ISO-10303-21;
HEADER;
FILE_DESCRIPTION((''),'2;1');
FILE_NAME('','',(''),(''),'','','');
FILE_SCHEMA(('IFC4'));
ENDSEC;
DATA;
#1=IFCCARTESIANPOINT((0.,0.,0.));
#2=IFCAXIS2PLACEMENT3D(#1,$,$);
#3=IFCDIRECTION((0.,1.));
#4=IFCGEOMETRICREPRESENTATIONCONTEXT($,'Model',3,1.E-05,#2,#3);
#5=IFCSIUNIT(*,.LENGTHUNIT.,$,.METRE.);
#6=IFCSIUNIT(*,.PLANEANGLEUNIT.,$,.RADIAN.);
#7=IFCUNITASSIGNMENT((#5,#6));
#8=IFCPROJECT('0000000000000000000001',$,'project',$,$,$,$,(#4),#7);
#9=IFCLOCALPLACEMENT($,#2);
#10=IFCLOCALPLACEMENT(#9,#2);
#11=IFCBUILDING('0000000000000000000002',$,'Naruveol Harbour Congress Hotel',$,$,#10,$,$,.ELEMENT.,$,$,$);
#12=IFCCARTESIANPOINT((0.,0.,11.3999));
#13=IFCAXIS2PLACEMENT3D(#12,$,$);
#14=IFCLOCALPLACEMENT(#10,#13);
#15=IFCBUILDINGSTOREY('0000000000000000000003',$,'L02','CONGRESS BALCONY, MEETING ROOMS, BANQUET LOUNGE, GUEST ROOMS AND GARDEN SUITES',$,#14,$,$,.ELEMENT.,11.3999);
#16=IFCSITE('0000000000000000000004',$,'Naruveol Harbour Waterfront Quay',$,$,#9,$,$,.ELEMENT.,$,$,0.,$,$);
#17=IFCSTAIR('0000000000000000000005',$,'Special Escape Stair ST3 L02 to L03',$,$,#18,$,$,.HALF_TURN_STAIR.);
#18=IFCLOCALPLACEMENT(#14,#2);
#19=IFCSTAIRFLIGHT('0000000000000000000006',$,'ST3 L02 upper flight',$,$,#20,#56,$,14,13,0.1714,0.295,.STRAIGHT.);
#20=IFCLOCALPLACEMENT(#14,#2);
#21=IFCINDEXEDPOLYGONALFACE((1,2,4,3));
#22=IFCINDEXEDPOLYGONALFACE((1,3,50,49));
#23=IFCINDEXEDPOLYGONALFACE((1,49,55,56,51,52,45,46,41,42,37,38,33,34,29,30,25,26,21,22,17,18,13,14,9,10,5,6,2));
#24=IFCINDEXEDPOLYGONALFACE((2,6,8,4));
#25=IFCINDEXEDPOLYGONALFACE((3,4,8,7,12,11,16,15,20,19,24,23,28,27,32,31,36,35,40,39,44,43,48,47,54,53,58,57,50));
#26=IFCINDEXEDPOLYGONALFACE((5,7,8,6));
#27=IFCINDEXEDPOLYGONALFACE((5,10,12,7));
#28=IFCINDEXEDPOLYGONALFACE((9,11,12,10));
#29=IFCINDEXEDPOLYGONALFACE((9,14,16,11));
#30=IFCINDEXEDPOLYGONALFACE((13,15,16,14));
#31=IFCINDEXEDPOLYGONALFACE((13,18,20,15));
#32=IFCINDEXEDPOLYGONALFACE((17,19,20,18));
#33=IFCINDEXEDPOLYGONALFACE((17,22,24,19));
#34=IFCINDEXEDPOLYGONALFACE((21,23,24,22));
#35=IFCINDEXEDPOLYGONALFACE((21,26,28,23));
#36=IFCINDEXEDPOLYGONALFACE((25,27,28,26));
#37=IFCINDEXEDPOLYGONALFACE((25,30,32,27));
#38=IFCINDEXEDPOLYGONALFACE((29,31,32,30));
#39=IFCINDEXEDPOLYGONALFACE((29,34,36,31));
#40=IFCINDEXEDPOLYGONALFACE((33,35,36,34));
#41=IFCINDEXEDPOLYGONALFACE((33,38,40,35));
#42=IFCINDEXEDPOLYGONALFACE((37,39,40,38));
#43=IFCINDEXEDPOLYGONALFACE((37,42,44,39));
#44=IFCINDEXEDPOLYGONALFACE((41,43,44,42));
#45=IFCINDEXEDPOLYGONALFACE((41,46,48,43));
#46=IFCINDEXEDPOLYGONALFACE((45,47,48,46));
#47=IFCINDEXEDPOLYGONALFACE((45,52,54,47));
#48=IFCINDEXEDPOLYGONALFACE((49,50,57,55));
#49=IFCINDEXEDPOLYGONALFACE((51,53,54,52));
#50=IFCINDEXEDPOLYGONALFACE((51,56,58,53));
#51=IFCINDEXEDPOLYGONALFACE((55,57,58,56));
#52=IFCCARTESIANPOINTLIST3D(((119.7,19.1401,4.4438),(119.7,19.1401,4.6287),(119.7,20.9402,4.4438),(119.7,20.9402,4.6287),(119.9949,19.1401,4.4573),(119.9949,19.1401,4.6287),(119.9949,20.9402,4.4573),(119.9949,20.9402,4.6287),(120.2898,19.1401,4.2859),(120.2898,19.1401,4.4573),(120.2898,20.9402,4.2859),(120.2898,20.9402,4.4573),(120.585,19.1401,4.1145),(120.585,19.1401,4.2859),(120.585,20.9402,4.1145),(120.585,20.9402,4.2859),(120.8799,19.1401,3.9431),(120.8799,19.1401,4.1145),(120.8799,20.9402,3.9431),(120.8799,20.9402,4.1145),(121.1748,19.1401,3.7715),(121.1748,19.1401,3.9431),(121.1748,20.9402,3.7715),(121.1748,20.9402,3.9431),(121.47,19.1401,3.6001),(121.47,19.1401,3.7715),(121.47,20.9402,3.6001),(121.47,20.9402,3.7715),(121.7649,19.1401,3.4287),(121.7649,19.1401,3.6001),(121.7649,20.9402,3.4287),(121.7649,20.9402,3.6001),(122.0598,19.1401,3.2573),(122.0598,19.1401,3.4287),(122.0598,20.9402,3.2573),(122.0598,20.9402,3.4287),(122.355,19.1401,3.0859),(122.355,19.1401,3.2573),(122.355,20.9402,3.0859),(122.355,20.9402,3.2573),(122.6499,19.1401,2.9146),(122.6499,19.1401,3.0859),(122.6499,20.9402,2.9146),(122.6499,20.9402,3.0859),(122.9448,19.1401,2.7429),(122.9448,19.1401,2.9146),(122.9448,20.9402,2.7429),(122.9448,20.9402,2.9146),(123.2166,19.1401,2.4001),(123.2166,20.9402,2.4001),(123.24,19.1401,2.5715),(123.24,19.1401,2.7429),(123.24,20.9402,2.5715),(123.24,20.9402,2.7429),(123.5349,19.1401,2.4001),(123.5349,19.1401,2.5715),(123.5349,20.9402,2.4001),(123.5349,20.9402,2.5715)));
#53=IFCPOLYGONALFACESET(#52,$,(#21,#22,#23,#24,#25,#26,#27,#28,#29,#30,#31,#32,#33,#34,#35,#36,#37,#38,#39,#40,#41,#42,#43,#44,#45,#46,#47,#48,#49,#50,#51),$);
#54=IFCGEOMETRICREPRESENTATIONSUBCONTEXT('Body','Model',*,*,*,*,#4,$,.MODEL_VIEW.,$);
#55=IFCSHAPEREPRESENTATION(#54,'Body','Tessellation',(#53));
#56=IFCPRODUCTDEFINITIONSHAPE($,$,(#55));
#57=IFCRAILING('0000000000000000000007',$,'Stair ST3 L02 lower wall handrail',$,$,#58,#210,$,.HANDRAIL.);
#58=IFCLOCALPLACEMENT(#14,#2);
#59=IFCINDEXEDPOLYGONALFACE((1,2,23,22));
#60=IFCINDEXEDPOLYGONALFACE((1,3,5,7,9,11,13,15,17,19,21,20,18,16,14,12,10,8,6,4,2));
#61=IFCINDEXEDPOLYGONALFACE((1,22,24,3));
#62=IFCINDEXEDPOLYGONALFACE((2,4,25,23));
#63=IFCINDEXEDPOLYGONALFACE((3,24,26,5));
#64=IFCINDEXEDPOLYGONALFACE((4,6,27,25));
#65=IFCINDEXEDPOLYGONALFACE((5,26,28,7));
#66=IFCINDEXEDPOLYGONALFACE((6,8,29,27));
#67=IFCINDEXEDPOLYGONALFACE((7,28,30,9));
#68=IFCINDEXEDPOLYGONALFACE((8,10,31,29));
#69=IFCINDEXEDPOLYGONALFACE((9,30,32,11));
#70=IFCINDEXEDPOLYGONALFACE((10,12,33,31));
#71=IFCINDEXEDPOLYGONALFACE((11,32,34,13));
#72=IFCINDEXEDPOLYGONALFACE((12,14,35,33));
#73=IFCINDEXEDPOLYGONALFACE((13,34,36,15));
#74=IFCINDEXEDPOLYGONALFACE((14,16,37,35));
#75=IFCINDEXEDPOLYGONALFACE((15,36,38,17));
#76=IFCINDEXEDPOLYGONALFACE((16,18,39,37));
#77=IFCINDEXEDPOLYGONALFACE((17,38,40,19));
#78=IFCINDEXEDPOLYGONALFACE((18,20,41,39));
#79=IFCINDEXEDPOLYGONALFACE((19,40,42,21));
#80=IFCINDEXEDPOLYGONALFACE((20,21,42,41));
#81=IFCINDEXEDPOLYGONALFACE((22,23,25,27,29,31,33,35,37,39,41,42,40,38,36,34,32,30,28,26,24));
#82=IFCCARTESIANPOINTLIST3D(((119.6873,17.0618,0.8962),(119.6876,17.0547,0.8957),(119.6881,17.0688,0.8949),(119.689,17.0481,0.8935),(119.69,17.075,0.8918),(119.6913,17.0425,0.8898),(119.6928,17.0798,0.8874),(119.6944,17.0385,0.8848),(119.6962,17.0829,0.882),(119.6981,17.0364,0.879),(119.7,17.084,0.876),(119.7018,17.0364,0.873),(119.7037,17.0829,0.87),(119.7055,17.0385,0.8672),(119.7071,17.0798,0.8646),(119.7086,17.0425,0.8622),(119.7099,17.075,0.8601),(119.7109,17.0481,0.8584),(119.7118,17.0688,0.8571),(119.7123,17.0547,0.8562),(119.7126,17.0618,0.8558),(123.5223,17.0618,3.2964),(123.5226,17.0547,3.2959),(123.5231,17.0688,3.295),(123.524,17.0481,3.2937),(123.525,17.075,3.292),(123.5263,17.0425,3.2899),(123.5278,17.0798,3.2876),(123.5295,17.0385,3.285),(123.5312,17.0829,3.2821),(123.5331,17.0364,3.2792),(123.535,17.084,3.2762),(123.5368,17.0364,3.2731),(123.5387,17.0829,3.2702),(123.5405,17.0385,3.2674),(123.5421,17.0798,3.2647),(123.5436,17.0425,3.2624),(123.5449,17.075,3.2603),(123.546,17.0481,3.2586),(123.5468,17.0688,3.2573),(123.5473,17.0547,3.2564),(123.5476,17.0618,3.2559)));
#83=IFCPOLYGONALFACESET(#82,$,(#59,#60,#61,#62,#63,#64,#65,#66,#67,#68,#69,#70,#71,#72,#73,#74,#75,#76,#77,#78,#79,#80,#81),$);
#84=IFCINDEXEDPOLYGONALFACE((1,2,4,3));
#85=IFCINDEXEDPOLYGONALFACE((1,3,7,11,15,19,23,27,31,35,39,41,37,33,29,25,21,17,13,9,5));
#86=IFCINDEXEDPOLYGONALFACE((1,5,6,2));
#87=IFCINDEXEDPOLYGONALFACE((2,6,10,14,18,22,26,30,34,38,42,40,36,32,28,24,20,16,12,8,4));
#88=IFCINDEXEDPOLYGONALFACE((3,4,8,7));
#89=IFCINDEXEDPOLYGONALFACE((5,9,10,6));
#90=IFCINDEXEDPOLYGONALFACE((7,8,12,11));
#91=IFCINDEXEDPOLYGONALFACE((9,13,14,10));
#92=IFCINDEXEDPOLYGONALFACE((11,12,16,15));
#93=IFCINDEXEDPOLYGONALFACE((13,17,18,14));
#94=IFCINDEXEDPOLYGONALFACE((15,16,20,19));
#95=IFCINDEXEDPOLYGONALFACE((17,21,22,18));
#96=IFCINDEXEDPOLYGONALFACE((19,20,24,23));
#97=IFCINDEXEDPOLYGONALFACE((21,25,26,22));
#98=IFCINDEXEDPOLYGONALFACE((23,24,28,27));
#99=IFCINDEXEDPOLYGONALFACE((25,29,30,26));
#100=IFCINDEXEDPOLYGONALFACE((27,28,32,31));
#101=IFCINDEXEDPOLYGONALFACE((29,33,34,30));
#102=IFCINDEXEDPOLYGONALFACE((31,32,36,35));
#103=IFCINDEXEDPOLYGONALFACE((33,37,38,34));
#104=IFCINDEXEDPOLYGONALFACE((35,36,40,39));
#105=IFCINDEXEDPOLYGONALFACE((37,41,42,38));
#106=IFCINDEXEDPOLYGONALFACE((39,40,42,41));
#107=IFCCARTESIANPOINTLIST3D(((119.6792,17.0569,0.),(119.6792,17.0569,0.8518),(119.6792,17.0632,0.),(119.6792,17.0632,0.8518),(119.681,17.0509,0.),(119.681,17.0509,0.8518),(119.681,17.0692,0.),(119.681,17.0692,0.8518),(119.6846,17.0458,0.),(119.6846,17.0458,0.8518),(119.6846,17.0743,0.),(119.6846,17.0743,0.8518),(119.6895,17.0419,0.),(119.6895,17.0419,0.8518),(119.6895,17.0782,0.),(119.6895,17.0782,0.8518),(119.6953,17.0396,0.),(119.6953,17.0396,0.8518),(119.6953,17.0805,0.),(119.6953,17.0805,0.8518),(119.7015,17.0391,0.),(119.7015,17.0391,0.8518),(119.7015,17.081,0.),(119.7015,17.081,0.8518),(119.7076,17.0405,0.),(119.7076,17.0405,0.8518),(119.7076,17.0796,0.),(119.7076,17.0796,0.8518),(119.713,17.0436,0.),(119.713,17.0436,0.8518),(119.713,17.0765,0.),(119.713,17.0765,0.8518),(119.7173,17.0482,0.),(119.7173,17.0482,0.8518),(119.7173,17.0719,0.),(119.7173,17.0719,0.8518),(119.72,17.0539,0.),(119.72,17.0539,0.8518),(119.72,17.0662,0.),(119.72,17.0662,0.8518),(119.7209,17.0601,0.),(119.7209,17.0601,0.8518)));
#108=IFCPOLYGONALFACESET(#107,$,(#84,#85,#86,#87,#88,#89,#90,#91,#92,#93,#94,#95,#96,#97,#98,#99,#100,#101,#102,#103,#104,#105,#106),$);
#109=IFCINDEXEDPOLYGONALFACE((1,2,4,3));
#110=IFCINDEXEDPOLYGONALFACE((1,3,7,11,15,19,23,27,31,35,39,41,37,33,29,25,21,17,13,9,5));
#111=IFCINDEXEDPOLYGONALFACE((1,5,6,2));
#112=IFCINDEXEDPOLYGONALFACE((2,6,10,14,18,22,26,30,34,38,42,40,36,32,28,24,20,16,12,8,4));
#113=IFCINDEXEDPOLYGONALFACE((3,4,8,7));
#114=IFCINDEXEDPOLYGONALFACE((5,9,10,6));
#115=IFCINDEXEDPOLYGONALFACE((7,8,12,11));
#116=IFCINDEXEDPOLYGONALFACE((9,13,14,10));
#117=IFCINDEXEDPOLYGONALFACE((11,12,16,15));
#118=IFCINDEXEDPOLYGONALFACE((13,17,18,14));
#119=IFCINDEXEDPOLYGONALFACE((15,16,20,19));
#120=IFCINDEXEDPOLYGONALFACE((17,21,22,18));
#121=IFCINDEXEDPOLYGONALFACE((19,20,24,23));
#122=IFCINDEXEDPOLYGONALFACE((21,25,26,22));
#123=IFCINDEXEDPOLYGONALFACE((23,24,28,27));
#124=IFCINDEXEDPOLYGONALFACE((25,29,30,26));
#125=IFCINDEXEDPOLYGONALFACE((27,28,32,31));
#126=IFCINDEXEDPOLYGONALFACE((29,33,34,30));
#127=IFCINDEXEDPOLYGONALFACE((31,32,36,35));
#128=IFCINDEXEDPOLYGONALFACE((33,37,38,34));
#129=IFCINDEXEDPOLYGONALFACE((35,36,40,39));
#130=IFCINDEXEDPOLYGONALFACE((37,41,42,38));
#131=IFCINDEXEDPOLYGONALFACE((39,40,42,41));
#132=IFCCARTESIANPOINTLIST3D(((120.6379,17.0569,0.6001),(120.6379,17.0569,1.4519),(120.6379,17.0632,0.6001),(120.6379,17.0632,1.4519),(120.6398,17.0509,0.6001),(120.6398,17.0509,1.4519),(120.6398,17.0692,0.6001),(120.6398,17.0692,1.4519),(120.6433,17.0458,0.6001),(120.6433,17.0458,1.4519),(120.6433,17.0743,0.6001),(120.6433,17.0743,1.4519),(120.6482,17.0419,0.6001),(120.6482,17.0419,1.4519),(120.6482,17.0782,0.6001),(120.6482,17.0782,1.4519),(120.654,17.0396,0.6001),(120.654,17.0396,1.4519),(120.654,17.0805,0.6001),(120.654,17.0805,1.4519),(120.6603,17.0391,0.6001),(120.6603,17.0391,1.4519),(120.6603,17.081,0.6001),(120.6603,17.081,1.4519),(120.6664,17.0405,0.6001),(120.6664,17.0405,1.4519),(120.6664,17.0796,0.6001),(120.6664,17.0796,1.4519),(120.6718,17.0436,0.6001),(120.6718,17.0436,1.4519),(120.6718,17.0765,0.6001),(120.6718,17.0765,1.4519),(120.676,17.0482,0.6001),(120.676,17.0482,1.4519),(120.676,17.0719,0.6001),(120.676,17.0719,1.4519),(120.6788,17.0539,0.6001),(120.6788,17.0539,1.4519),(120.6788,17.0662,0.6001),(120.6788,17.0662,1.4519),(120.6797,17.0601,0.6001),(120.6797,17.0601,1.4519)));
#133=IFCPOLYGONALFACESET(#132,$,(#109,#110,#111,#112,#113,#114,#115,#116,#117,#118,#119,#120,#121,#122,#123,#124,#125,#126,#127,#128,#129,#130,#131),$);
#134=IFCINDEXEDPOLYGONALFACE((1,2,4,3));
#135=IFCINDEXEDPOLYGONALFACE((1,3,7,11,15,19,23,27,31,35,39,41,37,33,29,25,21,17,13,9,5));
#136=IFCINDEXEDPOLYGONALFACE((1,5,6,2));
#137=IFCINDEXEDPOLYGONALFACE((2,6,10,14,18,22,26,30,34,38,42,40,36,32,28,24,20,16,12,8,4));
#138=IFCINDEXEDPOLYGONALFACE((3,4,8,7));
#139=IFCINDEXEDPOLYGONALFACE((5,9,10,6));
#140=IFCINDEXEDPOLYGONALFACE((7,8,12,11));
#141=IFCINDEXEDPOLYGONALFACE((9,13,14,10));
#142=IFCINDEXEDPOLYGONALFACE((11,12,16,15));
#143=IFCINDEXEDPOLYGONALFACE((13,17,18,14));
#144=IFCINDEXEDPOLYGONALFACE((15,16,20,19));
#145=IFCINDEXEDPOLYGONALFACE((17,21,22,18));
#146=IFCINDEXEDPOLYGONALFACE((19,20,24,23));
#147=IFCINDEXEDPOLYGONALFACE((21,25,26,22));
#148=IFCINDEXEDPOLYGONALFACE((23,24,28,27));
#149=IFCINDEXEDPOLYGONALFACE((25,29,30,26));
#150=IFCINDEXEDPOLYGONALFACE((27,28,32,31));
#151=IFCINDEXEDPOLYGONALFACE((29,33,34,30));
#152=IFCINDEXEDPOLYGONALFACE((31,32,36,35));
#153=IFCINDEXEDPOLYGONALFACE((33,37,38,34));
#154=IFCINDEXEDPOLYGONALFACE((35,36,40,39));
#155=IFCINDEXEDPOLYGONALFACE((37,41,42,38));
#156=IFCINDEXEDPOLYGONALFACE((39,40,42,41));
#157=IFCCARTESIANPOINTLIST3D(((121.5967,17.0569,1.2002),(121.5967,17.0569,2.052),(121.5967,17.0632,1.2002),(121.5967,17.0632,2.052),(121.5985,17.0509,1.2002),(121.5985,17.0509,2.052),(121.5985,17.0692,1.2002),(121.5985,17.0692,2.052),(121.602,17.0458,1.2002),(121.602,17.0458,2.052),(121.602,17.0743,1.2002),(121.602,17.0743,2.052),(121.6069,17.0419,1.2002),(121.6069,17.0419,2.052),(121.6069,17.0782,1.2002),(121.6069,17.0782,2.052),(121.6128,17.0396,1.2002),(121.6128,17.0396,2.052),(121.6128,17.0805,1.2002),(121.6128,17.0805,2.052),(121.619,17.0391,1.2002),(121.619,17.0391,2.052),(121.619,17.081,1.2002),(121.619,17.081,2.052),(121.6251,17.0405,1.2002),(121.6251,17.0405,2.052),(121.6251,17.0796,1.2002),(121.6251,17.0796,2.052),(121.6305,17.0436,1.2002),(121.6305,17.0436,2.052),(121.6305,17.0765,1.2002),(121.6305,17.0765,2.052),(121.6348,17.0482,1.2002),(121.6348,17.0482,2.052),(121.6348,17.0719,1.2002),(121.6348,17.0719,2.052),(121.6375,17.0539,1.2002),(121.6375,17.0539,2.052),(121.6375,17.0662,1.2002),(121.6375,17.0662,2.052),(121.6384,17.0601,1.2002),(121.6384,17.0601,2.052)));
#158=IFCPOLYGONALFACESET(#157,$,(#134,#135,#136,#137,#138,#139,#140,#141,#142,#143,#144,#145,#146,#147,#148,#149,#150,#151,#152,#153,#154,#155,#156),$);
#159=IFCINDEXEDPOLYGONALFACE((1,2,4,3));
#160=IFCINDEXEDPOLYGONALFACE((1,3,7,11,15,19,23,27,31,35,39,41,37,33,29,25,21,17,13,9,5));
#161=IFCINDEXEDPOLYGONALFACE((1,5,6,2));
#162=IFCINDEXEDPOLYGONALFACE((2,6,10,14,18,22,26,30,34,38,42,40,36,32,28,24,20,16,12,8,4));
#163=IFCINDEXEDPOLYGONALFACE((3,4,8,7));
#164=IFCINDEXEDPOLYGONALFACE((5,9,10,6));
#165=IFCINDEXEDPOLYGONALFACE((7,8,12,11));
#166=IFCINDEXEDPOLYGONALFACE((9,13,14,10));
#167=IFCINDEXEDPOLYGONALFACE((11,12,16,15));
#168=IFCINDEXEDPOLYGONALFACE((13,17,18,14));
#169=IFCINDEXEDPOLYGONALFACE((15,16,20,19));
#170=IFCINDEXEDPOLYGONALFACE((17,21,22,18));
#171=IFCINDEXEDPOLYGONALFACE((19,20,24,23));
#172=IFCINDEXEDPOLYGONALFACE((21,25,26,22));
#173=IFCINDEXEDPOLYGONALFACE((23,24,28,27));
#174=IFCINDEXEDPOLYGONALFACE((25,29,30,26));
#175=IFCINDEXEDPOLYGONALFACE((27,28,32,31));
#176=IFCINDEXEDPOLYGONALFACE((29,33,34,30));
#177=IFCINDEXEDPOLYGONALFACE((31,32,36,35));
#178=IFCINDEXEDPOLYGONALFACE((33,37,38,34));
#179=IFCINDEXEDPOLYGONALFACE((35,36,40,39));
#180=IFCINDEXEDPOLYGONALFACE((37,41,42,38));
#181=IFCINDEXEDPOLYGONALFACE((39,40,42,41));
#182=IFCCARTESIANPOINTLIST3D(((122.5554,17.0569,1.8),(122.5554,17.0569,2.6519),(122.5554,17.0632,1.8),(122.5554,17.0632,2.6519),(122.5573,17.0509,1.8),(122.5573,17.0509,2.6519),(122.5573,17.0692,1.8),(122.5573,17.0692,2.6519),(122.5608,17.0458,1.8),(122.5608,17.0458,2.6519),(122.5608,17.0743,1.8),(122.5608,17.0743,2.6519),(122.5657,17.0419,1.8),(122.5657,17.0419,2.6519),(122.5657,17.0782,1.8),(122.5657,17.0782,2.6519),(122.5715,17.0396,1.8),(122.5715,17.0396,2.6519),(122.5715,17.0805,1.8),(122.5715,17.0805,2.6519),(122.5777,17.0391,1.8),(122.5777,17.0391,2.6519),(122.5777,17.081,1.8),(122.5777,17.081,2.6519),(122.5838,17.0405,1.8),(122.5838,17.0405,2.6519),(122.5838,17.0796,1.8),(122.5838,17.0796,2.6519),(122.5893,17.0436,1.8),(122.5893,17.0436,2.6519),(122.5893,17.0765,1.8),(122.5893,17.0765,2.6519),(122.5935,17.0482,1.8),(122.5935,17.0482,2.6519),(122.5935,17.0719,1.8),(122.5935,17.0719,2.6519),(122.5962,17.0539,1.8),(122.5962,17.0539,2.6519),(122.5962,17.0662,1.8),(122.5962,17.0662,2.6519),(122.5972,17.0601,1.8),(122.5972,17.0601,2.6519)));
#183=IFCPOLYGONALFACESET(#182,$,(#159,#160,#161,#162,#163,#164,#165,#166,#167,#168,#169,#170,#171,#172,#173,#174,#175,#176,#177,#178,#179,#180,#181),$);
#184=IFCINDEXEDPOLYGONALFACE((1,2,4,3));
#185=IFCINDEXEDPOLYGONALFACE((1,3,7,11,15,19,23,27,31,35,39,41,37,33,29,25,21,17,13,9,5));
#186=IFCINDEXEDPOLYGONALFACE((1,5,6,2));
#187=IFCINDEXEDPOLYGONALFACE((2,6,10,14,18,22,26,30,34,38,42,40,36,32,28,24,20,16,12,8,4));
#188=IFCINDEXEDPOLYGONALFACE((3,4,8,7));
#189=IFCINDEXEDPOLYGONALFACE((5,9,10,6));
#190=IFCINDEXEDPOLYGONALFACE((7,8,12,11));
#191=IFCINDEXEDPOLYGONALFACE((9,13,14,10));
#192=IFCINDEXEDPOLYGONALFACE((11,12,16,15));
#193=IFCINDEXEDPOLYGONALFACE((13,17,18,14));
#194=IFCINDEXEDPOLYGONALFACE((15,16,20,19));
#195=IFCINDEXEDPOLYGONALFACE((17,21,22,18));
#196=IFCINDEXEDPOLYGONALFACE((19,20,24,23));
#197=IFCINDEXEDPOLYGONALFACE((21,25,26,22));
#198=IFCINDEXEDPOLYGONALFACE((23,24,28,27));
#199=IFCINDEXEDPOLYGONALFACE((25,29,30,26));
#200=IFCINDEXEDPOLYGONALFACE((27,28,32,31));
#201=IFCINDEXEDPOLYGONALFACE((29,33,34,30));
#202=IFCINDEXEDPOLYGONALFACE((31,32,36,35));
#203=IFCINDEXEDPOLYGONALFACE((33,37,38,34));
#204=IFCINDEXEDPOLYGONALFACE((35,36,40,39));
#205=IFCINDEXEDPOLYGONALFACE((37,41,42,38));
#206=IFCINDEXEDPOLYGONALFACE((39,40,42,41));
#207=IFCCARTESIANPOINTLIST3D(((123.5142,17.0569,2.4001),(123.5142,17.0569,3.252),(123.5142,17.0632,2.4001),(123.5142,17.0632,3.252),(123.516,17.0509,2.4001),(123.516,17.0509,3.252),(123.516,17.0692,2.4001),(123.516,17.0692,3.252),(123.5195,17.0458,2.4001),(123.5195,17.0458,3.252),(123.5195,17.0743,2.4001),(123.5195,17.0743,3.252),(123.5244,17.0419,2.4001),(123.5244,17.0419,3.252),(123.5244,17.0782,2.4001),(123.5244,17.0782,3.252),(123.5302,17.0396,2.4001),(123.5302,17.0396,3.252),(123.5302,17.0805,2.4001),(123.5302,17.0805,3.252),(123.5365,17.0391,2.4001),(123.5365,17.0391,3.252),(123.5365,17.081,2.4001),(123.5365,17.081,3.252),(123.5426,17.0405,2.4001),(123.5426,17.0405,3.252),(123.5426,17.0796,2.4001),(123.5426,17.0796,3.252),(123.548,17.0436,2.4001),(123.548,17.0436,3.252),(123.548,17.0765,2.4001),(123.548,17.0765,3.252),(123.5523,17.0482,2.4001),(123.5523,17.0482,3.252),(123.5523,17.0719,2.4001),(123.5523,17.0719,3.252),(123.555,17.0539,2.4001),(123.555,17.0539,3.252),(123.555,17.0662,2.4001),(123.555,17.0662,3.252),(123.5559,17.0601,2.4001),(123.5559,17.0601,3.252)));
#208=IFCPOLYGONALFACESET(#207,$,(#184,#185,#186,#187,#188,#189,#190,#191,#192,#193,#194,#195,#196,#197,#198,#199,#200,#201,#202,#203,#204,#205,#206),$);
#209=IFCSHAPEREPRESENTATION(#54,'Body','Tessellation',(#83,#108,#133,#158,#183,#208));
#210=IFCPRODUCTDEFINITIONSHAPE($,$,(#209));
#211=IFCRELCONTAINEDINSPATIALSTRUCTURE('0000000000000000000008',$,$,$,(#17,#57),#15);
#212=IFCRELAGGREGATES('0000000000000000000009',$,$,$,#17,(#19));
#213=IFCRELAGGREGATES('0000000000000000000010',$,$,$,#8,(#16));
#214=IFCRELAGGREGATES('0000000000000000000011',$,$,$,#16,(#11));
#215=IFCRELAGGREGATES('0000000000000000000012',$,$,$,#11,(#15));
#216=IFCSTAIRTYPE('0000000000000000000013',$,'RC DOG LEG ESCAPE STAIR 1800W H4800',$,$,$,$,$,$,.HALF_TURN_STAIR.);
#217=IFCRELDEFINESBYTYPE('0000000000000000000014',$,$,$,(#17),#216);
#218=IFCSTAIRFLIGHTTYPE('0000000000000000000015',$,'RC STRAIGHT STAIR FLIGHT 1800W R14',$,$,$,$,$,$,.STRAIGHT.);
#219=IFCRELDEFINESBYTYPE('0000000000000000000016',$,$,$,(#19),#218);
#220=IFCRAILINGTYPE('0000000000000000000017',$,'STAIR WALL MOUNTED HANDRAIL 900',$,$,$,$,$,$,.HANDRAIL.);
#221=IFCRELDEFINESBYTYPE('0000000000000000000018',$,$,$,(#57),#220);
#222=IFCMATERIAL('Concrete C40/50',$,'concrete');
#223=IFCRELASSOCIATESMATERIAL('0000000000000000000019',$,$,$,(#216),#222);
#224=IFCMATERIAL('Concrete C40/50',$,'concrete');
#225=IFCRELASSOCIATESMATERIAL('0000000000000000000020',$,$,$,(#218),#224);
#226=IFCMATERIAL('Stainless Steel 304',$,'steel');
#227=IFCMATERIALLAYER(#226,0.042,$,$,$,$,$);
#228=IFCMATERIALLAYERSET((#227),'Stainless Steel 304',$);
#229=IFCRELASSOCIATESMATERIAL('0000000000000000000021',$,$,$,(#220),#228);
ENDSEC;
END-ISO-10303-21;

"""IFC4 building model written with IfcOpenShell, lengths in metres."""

from ifc_helpers import new_model, si_unit, direction, frame, origin, origin_2d, place, context, subcontext, project, spatial, polyline, circle, outline, extrude, material, layer, layer_set, type_object, element, aggregate, save


model = new_model("IFC4")

# Units and contexts
model_context = context("Model", 3, precision=1e-05, world=origin(), true_north=direction((0.0, 1.0)))
body_context = subcontext(model_context, "Body", "Model", "MODEL_VIEW")
ifc_project = project(units=[si_unit("LENGTHUNIT", "METRE"), si_unit("PLANEANGLEUNIT", "RADIAN")], contexts=[model_context])

# Site, building, storey
site_placement = place(None, origin())
site = spatial("IfcSite", under=ifc_project, at=site_placement, Name="Naruveol Harbour Waterfront Quay", CompositionType="ELEMENT", RefElevation=0.0)
building_placement = place(site_placement, origin())
building = spatial("IfcBuilding", under=site, at=building_placement, Name="Naruveol Harbour Congress Hotel", CompositionType="ELEMENT")
storey_placement = place(building_placement, frame((0.0, 0.0, 11.3999)))
storey = spatial("IfcBuildingStorey", under=building, at=storey_placement, Name="L02", Description="CONGRESS BALCONY, MEETING ROOMS, BANQUET LOUNGE, GUEST ROOMS AND GARDEN SUITES", CompositionType="ELEMENT", Elevation=11.3999)

# Stair, stair flight
ifc_material_1 = material(Name="Concrete C40/50", Category="concrete")
stair_type = type_object("IfcStairType", Name="RC DOG LEG ESCAPE STAIR 1800W H4800", PredefinedType="HALF_TURN_STAIR", material=ifc_material_1)
stair_placement = place(storey_placement, origin())
stair = element("IfcStair", 1, at=stair_placement, inside=storey, type_object=stair_type, Name="Special Escape Stair ST3 L02 to L03", PredefinedType="HALF_TURN_STAIR")
ifc_material_2 = material(Name="Concrete C40/50", Category="concrete")
stair_flight_type = type_object("IfcStairFlightType", Name="RC STRAIGHT STAIR FLIGHT 1800W R14", PredefinedType="STRAIGHT", material=ifc_material_2)
stair_flight_1_placement = place(storey_placement, frame((123.5349, 20.04, 2.4001), z_axis=(0.0, 0.0, 1.0), x_axis=(-1.0, 0.0, 0.0)))
stair_flight_1 = element("IfcStairFlight", 2, at=stair_flight_1_placement, type_object=stair_flight_type, Name="ST3 L02 upper flight", NumberOfRisers=14, NumberOfTreads=13, PredefinedType="STRAIGHT", RiserHeight=0.1714, TreadLength=0.295, context=body_context, shape_type="SweptSolid", body=[
    extrude(outline(polyline([(0.0, 0.0), (0.0, 0.1714), (0.2949, 0.1714), (0.2949, 0.3428), (0.5901, 0.3428), (0.5901, 0.5144), (0.885, 0.5144), (0.885, 0.6858), (1.1799, 0.6858), (1.1799, 0.8572), (1.4751, 0.8572), (1.4751, 1.0286), (1.77, 1.0286), (1.77, 1.2), (2.0649, 1.2), (2.0649, 1.3713), (2.3601, 1.3713), (2.3601, 1.543), (2.655, 1.543), (2.655, 1.7144), (2.95, 1.7144), (2.95, 1.8857), (3.2451, 1.8857), (3.2451, 2.0571), (3.54, 2.0571), (3.54, 2.2285), (3.835, 2.2285), (3.835, 2.3999), (3.835, 2.0437), (0.3184, 0.0), (0.0, 0.0)])), frame((0.0, 0.8999, 0.0), z_axis=(0.0, -1.0, 0.0), x_axis=(1.0, 0.0, 0.0)), (0.0, 0.0, 1.0), 1.8),
])
aggregate(stair, [stair_flight_1])

# Railing
ifc_material_3 = material(Name="Stainless Steel 304", Category="steel")
ifc_layer_1 = layer(ifc_material_3, 0.042)
ifc_layer_set_1 = layer_set([ifc_layer_1], Name="Stainless Steel 304")
railing_type_1 = type_object("IfcRailingType", Name="STAIR WALL MOUNTED HANDRAIL 900", PredefinedType="HANDRAIL", material=ifc_layer_set_1)
railing_1_placement = place(storey_placement, frame((119.7, 17.0601, 0.0)))
element("IfcRailing", 3, at=railing_1_placement, inside=storey, type_object=railing_type_1, Name="Stair ST3 L02 lower wall handrail", PredefinedType="HANDRAIL", context=body_context, shape_type="SweptSolid", body=[
    extrude(circle(Radius=0.0239, at=origin_2d()), frame((0.0, 0.0, 0.876), z_axis=(0.847671, 0.0, 0.530523), x_axis=(0.0, 1.0, 0.0)), (0.0, 0.0, 1.0), 4.5242),
    extrude(circle(Radius=0.021, at=origin_2d()), origin(), (0.0, 0.0, 1.0), 0.8518),
    extrude(circle(Radius=0.021, at=origin_2d()), frame((0.9587, 0.0, 0.6001)), (0.0, 0.0, 1.0), 0.8518),
    extrude(circle(Radius=0.021, at=origin_2d()), frame((1.9175, 0.0, 1.2002)), (0.0, 0.0, 1.0), 0.8518),
    extrude(circle(Radius=0.021, at=origin_2d()), frame((2.8762, 0.0, 1.8)), (0.0, 0.0, 1.0), 0.8518),
    extrude(circle(Radius=0.021, at=origin_2d()), frame((3.835, 0.0, 2.4001)), (0.0, 0.0, 1.0), 0.8518),
])

save(model, "model.ifc")
